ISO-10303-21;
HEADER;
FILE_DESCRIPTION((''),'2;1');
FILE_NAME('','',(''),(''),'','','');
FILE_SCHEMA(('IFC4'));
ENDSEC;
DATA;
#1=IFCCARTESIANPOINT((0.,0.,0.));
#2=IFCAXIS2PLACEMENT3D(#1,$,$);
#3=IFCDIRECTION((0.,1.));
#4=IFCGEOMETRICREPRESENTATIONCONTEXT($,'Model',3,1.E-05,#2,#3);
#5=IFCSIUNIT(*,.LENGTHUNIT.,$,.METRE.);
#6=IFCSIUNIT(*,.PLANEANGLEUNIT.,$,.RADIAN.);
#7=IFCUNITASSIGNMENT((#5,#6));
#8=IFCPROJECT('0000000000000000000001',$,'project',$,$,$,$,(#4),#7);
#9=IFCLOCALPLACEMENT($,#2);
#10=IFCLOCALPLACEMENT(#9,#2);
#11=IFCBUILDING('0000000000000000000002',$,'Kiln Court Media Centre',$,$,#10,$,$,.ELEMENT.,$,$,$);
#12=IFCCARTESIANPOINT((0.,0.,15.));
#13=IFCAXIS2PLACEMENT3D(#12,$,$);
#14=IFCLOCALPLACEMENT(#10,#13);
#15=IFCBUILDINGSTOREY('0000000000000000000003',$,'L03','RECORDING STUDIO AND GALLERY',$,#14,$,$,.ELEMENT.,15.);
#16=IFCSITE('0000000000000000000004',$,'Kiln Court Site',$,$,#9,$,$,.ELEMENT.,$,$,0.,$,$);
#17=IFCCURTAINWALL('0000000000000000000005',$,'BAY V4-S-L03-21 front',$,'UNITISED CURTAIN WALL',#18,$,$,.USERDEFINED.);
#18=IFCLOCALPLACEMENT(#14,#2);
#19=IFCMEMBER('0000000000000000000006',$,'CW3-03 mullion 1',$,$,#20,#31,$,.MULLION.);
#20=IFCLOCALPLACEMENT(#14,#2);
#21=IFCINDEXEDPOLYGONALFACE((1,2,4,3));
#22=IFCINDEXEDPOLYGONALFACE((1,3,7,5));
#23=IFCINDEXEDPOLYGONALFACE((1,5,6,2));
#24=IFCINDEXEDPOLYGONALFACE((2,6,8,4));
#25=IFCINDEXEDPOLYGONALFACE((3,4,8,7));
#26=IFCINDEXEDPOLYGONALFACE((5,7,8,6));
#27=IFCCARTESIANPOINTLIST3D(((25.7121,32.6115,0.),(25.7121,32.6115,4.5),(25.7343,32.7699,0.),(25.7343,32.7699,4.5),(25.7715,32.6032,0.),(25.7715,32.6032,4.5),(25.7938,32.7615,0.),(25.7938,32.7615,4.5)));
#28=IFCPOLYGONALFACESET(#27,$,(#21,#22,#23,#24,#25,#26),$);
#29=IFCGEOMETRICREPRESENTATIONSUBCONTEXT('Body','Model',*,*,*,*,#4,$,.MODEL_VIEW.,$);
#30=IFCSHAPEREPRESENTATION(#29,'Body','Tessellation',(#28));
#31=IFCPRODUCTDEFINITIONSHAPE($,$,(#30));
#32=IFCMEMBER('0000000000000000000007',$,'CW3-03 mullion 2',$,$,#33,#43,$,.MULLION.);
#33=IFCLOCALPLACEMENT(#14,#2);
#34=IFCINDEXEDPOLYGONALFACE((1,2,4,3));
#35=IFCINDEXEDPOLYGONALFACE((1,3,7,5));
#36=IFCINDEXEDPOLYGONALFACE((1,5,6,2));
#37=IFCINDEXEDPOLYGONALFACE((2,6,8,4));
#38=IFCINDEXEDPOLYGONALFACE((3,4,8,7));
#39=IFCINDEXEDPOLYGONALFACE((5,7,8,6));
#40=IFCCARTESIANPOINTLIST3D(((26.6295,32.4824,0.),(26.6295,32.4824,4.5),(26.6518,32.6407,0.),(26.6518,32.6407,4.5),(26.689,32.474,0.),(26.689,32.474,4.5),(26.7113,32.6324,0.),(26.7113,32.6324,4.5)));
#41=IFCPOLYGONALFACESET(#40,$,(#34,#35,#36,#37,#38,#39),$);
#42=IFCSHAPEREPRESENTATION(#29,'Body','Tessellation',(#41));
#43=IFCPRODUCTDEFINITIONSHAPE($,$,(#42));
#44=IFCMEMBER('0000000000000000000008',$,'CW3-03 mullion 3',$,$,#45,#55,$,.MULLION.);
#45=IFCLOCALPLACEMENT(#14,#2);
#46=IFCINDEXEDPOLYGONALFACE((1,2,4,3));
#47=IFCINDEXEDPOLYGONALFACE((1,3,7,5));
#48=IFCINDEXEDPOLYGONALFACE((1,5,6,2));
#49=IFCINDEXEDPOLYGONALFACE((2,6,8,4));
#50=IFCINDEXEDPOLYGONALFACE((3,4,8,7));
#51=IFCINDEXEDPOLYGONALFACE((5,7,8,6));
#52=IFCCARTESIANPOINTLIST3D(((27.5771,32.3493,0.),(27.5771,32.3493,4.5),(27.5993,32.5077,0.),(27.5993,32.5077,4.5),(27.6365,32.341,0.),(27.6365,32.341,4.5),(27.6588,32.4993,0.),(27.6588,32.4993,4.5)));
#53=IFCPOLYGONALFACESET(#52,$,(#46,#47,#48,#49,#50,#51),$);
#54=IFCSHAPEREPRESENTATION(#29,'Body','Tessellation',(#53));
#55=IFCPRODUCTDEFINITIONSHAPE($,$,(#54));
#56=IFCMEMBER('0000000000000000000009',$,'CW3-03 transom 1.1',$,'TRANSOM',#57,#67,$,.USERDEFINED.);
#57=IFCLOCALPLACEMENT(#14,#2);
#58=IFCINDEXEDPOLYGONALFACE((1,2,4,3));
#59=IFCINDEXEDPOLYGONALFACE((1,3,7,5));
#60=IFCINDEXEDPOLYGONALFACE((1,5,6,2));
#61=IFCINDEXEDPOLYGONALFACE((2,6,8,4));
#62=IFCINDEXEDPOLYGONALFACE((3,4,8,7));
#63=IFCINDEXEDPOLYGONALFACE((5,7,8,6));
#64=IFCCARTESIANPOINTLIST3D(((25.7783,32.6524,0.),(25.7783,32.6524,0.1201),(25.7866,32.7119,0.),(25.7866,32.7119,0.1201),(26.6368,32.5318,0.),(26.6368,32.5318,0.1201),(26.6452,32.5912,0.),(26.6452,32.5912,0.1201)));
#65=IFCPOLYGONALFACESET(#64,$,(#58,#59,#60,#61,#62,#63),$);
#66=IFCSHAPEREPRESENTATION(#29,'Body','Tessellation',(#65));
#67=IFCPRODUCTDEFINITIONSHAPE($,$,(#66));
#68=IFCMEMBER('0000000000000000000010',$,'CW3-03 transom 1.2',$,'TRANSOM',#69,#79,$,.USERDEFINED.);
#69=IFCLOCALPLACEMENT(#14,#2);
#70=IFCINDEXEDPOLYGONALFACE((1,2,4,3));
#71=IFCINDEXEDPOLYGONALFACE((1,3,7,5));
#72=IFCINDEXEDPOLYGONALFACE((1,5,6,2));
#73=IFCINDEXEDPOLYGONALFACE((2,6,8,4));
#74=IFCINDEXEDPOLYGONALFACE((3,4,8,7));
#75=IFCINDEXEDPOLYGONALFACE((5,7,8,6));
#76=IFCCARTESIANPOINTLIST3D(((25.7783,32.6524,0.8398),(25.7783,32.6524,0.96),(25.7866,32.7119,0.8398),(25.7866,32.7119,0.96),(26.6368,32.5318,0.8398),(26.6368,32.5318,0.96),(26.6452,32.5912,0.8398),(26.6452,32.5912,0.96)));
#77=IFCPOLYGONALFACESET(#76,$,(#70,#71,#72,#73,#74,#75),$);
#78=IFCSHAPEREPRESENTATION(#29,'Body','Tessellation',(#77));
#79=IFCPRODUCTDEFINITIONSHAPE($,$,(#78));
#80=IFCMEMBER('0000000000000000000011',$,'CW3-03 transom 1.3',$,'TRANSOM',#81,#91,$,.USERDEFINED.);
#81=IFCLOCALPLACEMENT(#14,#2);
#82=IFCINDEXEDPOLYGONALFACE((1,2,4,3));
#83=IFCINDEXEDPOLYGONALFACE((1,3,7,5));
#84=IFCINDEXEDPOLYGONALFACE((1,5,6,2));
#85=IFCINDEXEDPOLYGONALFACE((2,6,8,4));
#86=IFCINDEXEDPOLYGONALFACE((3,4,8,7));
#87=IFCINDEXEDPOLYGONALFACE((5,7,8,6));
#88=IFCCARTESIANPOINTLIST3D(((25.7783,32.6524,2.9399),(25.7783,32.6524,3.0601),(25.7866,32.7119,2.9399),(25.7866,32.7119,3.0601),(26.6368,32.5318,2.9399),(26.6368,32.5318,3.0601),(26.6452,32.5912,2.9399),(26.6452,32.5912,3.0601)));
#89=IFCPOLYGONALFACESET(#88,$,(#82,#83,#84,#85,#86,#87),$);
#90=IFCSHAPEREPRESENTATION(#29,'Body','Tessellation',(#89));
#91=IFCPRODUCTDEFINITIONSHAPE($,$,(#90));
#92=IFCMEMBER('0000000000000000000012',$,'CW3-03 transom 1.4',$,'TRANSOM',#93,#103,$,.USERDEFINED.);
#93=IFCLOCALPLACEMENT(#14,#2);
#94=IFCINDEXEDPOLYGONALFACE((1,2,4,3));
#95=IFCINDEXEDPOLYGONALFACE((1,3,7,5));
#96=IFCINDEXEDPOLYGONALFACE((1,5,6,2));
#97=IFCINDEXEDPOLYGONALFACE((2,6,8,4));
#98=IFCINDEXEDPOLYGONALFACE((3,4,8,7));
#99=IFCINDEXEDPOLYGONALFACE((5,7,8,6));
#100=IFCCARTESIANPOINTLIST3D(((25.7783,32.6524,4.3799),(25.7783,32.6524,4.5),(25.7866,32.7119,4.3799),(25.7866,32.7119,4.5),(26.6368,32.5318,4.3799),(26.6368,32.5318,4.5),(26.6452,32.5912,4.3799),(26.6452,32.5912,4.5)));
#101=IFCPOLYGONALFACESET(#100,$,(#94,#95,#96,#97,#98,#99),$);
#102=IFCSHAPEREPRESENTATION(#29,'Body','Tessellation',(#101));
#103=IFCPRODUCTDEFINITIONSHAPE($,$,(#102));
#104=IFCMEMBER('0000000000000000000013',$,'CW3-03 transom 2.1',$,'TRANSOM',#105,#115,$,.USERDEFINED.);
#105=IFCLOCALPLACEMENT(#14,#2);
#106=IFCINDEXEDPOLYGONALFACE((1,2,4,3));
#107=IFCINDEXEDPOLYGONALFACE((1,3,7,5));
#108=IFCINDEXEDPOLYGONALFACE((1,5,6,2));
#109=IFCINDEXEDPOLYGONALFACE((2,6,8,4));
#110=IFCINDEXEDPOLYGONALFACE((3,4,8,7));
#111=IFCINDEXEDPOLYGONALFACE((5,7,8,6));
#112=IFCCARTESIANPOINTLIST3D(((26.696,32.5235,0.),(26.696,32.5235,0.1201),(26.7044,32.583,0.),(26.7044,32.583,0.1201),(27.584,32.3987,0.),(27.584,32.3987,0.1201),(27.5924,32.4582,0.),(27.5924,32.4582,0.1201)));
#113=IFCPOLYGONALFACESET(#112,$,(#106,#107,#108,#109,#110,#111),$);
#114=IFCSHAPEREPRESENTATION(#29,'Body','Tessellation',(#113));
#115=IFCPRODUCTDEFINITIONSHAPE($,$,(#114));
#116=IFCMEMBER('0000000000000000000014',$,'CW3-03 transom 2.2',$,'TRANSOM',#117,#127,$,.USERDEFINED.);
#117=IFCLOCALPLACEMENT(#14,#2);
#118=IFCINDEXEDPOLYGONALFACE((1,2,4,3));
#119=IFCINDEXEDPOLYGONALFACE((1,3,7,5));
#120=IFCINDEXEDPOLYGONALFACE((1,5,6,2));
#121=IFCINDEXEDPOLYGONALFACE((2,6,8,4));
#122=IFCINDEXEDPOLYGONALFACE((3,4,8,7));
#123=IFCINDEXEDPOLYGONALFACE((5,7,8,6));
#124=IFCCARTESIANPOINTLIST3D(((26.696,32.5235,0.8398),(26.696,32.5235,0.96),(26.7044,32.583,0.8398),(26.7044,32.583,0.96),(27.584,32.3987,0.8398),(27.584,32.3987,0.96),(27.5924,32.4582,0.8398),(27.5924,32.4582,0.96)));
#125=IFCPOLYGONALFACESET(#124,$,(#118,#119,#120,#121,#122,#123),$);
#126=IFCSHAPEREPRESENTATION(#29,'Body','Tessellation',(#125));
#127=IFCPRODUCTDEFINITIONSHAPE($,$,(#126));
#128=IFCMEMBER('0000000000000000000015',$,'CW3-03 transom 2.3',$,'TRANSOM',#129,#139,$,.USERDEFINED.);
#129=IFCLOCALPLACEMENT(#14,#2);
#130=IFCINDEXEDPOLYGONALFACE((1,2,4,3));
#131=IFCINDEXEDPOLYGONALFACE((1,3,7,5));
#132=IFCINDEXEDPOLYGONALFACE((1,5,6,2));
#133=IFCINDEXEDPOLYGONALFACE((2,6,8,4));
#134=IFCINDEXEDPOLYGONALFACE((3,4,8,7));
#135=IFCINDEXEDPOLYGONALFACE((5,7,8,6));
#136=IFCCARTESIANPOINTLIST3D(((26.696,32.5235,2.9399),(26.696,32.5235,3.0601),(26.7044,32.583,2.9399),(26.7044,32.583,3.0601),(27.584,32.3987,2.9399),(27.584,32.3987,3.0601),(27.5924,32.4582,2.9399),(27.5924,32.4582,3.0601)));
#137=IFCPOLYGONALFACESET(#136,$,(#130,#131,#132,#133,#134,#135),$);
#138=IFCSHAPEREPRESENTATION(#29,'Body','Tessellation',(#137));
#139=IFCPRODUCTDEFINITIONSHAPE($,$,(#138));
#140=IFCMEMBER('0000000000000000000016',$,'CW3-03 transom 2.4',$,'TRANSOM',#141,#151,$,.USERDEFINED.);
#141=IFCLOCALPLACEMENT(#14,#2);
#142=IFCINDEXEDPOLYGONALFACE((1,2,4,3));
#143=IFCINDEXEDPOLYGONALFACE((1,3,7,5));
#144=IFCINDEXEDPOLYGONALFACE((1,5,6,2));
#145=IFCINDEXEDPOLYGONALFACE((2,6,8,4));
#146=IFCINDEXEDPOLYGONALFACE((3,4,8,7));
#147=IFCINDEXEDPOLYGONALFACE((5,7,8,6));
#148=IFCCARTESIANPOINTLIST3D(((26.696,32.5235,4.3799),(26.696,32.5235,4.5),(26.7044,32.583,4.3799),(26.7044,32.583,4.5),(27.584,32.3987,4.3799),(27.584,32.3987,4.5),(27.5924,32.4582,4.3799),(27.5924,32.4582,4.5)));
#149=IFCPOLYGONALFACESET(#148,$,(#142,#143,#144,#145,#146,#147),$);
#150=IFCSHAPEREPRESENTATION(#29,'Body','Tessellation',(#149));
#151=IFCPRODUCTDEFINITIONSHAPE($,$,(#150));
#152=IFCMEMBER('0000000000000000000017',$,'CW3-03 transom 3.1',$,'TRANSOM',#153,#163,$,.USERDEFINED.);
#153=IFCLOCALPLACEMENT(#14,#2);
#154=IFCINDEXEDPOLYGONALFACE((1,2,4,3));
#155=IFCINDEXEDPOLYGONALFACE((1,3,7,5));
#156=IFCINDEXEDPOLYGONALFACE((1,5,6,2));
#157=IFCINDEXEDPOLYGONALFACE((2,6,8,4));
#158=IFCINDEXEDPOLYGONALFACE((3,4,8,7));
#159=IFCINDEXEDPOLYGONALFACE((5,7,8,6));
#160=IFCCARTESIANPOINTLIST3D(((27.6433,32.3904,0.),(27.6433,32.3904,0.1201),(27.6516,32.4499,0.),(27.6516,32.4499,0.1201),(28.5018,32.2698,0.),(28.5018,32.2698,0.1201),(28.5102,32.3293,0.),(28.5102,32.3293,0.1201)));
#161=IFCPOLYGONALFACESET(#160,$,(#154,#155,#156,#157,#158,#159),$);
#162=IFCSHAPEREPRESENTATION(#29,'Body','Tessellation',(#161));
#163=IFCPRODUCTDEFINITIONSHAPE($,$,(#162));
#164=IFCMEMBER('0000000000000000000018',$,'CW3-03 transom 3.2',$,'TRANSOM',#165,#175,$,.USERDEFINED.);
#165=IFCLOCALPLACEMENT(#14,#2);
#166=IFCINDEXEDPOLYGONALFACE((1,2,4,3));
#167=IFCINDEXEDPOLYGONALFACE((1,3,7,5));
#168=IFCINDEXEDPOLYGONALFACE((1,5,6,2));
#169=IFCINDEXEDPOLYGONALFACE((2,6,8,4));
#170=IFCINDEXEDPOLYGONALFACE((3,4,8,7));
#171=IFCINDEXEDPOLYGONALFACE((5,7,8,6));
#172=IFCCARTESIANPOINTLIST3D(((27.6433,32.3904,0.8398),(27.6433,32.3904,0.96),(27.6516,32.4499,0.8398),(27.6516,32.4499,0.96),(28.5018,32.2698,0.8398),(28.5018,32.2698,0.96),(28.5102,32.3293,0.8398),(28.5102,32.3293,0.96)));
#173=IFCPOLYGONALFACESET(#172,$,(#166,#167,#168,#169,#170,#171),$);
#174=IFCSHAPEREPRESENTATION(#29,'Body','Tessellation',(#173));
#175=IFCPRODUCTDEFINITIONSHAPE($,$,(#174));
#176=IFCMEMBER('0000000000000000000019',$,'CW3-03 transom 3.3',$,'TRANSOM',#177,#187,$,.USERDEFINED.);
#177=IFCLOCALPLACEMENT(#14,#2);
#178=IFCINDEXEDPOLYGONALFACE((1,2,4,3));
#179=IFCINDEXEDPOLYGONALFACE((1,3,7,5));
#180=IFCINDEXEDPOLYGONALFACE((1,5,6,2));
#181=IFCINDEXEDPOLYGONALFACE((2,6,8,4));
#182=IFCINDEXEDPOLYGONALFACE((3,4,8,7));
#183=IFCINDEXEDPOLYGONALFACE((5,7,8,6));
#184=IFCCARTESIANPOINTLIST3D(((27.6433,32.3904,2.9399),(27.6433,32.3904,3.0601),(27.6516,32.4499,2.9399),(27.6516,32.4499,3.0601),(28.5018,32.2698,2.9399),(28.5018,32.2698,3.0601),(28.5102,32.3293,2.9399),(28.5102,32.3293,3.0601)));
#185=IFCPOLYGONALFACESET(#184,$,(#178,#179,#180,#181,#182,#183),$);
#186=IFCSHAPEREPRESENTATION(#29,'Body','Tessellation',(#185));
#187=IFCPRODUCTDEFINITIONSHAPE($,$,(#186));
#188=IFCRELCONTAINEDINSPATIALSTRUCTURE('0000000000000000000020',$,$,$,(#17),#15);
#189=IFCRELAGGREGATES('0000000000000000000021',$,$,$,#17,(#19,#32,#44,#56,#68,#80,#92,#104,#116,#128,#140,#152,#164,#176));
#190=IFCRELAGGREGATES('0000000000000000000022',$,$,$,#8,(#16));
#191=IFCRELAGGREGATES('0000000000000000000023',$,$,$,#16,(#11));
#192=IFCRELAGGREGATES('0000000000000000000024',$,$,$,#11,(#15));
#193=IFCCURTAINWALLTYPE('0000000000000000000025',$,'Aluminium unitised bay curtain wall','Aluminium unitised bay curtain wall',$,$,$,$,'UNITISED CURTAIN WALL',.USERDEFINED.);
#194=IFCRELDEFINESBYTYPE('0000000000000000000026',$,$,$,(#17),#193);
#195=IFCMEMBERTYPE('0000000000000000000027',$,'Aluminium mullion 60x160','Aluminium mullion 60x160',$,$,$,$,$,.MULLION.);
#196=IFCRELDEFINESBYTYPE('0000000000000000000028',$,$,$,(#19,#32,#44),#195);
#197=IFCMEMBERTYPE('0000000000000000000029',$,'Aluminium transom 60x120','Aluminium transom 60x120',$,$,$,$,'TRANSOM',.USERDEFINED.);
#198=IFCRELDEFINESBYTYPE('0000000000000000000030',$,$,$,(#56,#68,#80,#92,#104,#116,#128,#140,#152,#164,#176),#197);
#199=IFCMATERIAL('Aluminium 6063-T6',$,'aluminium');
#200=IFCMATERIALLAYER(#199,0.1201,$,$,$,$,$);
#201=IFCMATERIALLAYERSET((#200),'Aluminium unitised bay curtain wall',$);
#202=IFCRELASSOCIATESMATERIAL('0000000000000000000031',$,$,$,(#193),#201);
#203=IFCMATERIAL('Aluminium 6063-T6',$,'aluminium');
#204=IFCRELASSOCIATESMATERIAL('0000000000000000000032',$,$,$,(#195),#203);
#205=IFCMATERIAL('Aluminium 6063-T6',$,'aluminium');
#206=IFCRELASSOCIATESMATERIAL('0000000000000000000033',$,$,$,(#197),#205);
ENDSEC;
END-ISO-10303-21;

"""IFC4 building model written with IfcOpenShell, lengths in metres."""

from ifc_helpers import new_model, si_unit, direction, frame, origin, origin_2d, place, context, subcontext, project, spatial, rectangle, extrude, material, layer, layer_set, material_profile, profile_set, type_object, element, aggregate, save


model = new_model("IFC4")

# Units and contexts
model_context = context("Model", 3, precision=1e-05, world=origin(), true_north=direction((0.0, 1.0)))
body_context = subcontext(model_context, "Body", "Model", "MODEL_VIEW")
ifc_project = project(units=[si_unit("LENGTHUNIT", "METRE"), si_unit("PLANEANGLEUNIT", "RADIAN")], contexts=[model_context])

# Site, building, storey
site_placement = place(None, origin())
site = spatial("IfcSite", under=ifc_project, at=site_placement, Name="Kiln Court Site", CompositionType="ELEMENT", RefElevation=0.0)
building_placement = place(site_placement, origin())
building = spatial("IfcBuilding", under=site, at=building_placement, Name="Kiln Court Media Centre", CompositionType="ELEMENT")
storey_placement = place(building_placement, frame((0.0, 0.0, 15.0)))
storey = spatial("IfcBuildingStorey", under=building, at=storey_placement, Name="L03", Description="RECORDING STUDIO AND GALLERY", CompositionType="ELEMENT", Elevation=15.0)

# Curtain wall, members
ifc_material_1 = material(Name="Aluminium 6063-T6", Category="aluminium")
ifc_layer_1 = layer(ifc_material_1, 0.1201)
ifc_layer_set_1 = layer_set([ifc_layer_1], Name="Aluminium unitised bay curtain wall")
curtain_wall_type = type_object("IfcCurtainWallType", Name="Aluminium unitised bay curtain wall", Description="Aluminium unitised bay curtain wall", ElementType="UNITISED CURTAIN WALL", PredefinedType="USERDEFINED", material=ifc_layer_set_1)
curtain_wall_placement = place(storey_placement, origin())
curtain_wall = element("IfcCurtainWall", 1, at=curtain_wall_placement, inside=storey, type_object=curtain_wall_type, Name="BAY V4-S-L03-21 front", ObjectType="UNITISED CURTAIN WALL", PredefinedType="USERDEFINED")
ifc_material_2 = material(Name="Aluminium 6063-T6", Category="aluminium")
ifc_material_profile_1 = material_profile(ifc_material_2, rectangle(XDim=0.0601, YDim=0.1599, at=origin_2d()), Name="Aluminium mullion 60x160")
ifc_profile_set_1 = profile_set([ifc_material_profile_1], Name="Aluminium 6063-T6")
member_type_1 = type_object("IfcMemberType", Name="Aluminium mullion 60x160", Description="Aluminium mullion 60x160", PredefinedType="MULLION", material=ifc_profile_set_1)
member_1_placement = place(storey_placement, frame((25.7529, 32.6865, 0.0), z_axis=(0.0, 0.0, 1.0), x_axis=(0.99027, -0.139162, 0.0)))
member_1 = element("IfcMember", 2, at=member_1_placement, type_object=member_type_1, Name="CW3-03 mullion 1", PredefinedType="MULLION", context=body_context, shape_type="SweptSolid", body=[
    extrude(rectangle(XDim=0.0601, YDim=0.1599, at=origin_2d()), origin(), (0.0, 0.0, 1.0), 4.5),
])
member_2_placement = place(storey_placement, frame((26.6704, 32.5574, 0.0), z_axis=(0.0, 0.0, 1.0), x_axis=(0.99027, -0.139162, 0.0)))
member_2 = element("IfcMember", 3, at=member_2_placement, type_object=member_type_1, Name="CW3-03 mullion 2", PredefinedType="MULLION", context=body_context, shape_type="SweptSolid", body=[
    extrude(rectangle(XDim=0.0601, YDim=0.1599, at=origin_2d()), origin(), (0.0, 0.0, 1.0), 4.5),
])
member_3_placement = place(storey_placement, frame((27.6179, 32.4243, 0.0), z_axis=(0.0, 0.0, 1.0), x_axis=(0.99027, -0.139162, 0.0)))
member_3 = element("IfcMember", 4, at=member_3_placement, type_object=member_type_1, Name="CW3-03 mullion 3", PredefinedType="MULLION", context=body_context, shape_type="SweptSolid", body=[
    extrude(rectangle(XDim=0.0601, YDim=0.1599, at=origin_2d()), origin(), (0.0, 0.0, 1.0), 4.5),
])
ifc_material_3 = material(Name="Aluminium 6063-T6", Category="aluminium")
ifc_material_profile_2 = material_profile(ifc_material_3, rectangle(XDim=0.0601, YDim=0.1201, at=origin_2d()), Name="Aluminium transom 60x120")
ifc_profile_set_2 = profile_set([ifc_material_profile_2], Name="Aluminium 6063-T6")
member_type_2 = type_object("IfcMemberType", Name="Aluminium transom 60x120", Description="Aluminium transom 60x120", ElementType="TRANSOM", PredefinedType="USERDEFINED", material=ifc_profile_set_2)
member_4_placement = place(storey_placement, frame((25.7825, 32.6821, 0.0601), z_axis=(0.990274, -0.139134, 0.0), x_axis=(0.139134, 0.990274, 0.0)))
member_4 = element("IfcMember", 5, at=member_4_placement, type_object=member_type_2, Name="CW3-03 transom 1.1", ObjectType="TRANSOM", PredefinedType="USERDEFINED", context=body_context, shape_type="SweptSolid", body=[
    extrude(rectangle(XDim=0.0601, YDim=0.1201, at=origin_2d()), origin(), (0.0, 0.0, 1.0), 0.8669),
])
member_5_placement = place(storey_placement, frame((25.7825, 32.6821, 0.8999), z_axis=(0.990274, -0.139134, 0.0), x_axis=(0.139134, 0.990274, 0.0)))
member_5 = element("IfcMember", 6, at=member_5_placement, type_object=member_type_2, Name="CW3-03 transom 1.2", ObjectType="TRANSOM", PredefinedType="USERDEFINED", context=body_context, shape_type="SweptSolid", body=[
    extrude(rectangle(XDim=0.0601, YDim=0.1201, at=origin_2d()), origin(), (0.0, 0.0, 1.0), 0.8669),
])
member_6_placement = place(storey_placement, frame((25.7825, 32.6821, 3.0), z_axis=(0.990274, -0.139134, 0.0), x_axis=(0.139134, 0.990274, 0.0)))
member_6 = element("IfcMember", 7, at=member_6_placement, type_object=member_type_2, Name="CW3-03 transom 1.3", ObjectType="TRANSOM", PredefinedType="USERDEFINED", context=body_context, shape_type="SweptSolid", body=[
    extrude(rectangle(XDim=0.0601, YDim=0.1201, at=origin_2d()), origin(), (0.0, 0.0, 1.0), 0.8669),
])
member_7_placement = place(storey_placement, frame((25.7825, 32.6821, 4.4399), z_axis=(0.990274, -0.139134, 0.0), x_axis=(0.139134, 0.990274, 0.0)))
member_7 = element("IfcMember", 8, at=member_7_placement, type_object=member_type_2, Name="CW3-03 transom 1.4", ObjectType="TRANSOM", PredefinedType="USERDEFINED", context=body_context, shape_type="SweptSolid", body=[
    extrude(rectangle(XDim=0.0601, YDim=0.1201, at=origin_2d()), origin(), (0.0, 0.0, 1.0), 0.8669),
])
member_8_placement = place(storey_placement, frame((26.7002, 32.5532, 0.0601), z_axis=(0.990274, -0.139134, 0.0), x_axis=(0.139134, 0.990274, 0.0)))
member_8 = element("IfcMember", 9, at=member_8_placement, type_object=member_type_2, Name="CW3-03 transom 2.1", ObjectType="TRANSOM", PredefinedType="USERDEFINED", context=body_context, shape_type="SweptSolid", body=[
    extrude(rectangle(XDim=0.0601, YDim=0.1201, at=origin_2d()), origin(), (0.0, 0.0, 1.0), 0.8967),
])
member_9_placement = place(storey_placement, frame((26.7002, 32.5532, 0.8999), z_axis=(0.990274, -0.139134, 0.0), x_axis=(0.139134, 0.990274, 0.0)))
member_9 = element("IfcMember", 10, at=member_9_placement, type_object=member_type_2, Name="CW3-03 transom 2.2", ObjectType="TRANSOM", PredefinedType="USERDEFINED", context=body_context, shape_type="SweptSolid", body=[
    extrude(rectangle(XDim=0.0601, YDim=0.1201, at=origin_2d()), origin(), (0.0, 0.0, 1.0), 0.8967),
])
member_10_placement = place(storey_placement, frame((26.7002, 32.5532, 3.0), z_axis=(0.990274, -0.139134, 0.0), x_axis=(0.139134, 0.990274, 0.0)))
member_10 = element("IfcMember", 11, at=member_10_placement, type_object=member_type_2, Name="CW3-03 transom 2.3", ObjectType="TRANSOM", PredefinedType="USERDEFINED", context=body_context, shape_type="SweptSolid", body=[
    extrude(rectangle(XDim=0.0601, YDim=0.1201, at=origin_2d()), origin(), (0.0, 0.0, 1.0), 0.8967),
])
member_11_placement = place(storey_placement, frame((26.7002, 32.5532, 4.4399), z_axis=(0.990274, -0.139134, 0.0), x_axis=(0.139134, 0.990274, 0.0)))
member_11 = element("IfcMember", 12, at=member_11_placement, type_object=member_type_2, Name="CW3-03 transom 2.4", ObjectType="TRANSOM", PredefinedType="USERDEFINED", context=body_context, shape_type="SweptSolid", body=[
    extrude(rectangle(XDim=0.0601, YDim=0.1201, at=origin_2d()), origin(), (0.0, 0.0, 1.0), 0.8967),
])
member_12_placement = place(storey_placement, frame((27.6475, 32.4202, 0.0601), z_axis=(0.990274, -0.139134, 0.0), x_axis=(0.139134, 0.990274, 0.0)))
member_12 = element("IfcMember", 13, at=member_12_placement, type_object=member_type_2, Name="CW3-03 transom 3.1", ObjectType="TRANSOM", PredefinedType="USERDEFINED", context=body_context, shape_type="SweptSolid", body=[
    extrude(rectangle(XDim=0.0601, YDim=0.1201, at=origin_2d()), origin(), (0.0, 0.0, 1.0), 0.8669),
])
member_13_placement = place(storey_placement, frame((27.6475, 32.4202, 0.8999), z_axis=(0.990274, -0.139134, 0.0), x_axis=(0.139134, 0.990274, 0.0)))
member_13 = element("IfcMember", 14, at=member_13_placement, type_object=member_type_2, Name="CW3-03 transom 3.2", ObjectType="TRANSOM", PredefinedType="USERDEFINED", context=body_context, shape_type="SweptSolid", body=[
    extrude(rectangle(XDim=0.0601, YDim=0.1201, at=origin_2d()), origin(), (0.0, 0.0, 1.0), 0.8669),
])
member_14_placement = place(storey_placement, frame((27.6475, 32.4202, 3.0), z_axis=(0.990274, -0.139134, 0.0), x_axis=(0.139134, 0.990274, 0.0)))
member_14 = element("IfcMember", 15, at=member_14_placement, type_object=member_type_2, Name="CW3-03 transom 3.3", ObjectType="TRANSOM", PredefinedType="USERDEFINED", context=body_context, shape_type="SweptSolid", body=[
    extrude(rectangle(XDim=0.0601, YDim=0.1201, at=origin_2d()), origin(), (0.0, 0.0, 1.0), 0.8669),
])
aggregate(curtain_wall, [member_1, member_2, member_3, member_4, member_5, member_6, member_7, member_8, member_9, member_10, member_11, member_12, member_13, member_14])

save(model, "model.ifc")
